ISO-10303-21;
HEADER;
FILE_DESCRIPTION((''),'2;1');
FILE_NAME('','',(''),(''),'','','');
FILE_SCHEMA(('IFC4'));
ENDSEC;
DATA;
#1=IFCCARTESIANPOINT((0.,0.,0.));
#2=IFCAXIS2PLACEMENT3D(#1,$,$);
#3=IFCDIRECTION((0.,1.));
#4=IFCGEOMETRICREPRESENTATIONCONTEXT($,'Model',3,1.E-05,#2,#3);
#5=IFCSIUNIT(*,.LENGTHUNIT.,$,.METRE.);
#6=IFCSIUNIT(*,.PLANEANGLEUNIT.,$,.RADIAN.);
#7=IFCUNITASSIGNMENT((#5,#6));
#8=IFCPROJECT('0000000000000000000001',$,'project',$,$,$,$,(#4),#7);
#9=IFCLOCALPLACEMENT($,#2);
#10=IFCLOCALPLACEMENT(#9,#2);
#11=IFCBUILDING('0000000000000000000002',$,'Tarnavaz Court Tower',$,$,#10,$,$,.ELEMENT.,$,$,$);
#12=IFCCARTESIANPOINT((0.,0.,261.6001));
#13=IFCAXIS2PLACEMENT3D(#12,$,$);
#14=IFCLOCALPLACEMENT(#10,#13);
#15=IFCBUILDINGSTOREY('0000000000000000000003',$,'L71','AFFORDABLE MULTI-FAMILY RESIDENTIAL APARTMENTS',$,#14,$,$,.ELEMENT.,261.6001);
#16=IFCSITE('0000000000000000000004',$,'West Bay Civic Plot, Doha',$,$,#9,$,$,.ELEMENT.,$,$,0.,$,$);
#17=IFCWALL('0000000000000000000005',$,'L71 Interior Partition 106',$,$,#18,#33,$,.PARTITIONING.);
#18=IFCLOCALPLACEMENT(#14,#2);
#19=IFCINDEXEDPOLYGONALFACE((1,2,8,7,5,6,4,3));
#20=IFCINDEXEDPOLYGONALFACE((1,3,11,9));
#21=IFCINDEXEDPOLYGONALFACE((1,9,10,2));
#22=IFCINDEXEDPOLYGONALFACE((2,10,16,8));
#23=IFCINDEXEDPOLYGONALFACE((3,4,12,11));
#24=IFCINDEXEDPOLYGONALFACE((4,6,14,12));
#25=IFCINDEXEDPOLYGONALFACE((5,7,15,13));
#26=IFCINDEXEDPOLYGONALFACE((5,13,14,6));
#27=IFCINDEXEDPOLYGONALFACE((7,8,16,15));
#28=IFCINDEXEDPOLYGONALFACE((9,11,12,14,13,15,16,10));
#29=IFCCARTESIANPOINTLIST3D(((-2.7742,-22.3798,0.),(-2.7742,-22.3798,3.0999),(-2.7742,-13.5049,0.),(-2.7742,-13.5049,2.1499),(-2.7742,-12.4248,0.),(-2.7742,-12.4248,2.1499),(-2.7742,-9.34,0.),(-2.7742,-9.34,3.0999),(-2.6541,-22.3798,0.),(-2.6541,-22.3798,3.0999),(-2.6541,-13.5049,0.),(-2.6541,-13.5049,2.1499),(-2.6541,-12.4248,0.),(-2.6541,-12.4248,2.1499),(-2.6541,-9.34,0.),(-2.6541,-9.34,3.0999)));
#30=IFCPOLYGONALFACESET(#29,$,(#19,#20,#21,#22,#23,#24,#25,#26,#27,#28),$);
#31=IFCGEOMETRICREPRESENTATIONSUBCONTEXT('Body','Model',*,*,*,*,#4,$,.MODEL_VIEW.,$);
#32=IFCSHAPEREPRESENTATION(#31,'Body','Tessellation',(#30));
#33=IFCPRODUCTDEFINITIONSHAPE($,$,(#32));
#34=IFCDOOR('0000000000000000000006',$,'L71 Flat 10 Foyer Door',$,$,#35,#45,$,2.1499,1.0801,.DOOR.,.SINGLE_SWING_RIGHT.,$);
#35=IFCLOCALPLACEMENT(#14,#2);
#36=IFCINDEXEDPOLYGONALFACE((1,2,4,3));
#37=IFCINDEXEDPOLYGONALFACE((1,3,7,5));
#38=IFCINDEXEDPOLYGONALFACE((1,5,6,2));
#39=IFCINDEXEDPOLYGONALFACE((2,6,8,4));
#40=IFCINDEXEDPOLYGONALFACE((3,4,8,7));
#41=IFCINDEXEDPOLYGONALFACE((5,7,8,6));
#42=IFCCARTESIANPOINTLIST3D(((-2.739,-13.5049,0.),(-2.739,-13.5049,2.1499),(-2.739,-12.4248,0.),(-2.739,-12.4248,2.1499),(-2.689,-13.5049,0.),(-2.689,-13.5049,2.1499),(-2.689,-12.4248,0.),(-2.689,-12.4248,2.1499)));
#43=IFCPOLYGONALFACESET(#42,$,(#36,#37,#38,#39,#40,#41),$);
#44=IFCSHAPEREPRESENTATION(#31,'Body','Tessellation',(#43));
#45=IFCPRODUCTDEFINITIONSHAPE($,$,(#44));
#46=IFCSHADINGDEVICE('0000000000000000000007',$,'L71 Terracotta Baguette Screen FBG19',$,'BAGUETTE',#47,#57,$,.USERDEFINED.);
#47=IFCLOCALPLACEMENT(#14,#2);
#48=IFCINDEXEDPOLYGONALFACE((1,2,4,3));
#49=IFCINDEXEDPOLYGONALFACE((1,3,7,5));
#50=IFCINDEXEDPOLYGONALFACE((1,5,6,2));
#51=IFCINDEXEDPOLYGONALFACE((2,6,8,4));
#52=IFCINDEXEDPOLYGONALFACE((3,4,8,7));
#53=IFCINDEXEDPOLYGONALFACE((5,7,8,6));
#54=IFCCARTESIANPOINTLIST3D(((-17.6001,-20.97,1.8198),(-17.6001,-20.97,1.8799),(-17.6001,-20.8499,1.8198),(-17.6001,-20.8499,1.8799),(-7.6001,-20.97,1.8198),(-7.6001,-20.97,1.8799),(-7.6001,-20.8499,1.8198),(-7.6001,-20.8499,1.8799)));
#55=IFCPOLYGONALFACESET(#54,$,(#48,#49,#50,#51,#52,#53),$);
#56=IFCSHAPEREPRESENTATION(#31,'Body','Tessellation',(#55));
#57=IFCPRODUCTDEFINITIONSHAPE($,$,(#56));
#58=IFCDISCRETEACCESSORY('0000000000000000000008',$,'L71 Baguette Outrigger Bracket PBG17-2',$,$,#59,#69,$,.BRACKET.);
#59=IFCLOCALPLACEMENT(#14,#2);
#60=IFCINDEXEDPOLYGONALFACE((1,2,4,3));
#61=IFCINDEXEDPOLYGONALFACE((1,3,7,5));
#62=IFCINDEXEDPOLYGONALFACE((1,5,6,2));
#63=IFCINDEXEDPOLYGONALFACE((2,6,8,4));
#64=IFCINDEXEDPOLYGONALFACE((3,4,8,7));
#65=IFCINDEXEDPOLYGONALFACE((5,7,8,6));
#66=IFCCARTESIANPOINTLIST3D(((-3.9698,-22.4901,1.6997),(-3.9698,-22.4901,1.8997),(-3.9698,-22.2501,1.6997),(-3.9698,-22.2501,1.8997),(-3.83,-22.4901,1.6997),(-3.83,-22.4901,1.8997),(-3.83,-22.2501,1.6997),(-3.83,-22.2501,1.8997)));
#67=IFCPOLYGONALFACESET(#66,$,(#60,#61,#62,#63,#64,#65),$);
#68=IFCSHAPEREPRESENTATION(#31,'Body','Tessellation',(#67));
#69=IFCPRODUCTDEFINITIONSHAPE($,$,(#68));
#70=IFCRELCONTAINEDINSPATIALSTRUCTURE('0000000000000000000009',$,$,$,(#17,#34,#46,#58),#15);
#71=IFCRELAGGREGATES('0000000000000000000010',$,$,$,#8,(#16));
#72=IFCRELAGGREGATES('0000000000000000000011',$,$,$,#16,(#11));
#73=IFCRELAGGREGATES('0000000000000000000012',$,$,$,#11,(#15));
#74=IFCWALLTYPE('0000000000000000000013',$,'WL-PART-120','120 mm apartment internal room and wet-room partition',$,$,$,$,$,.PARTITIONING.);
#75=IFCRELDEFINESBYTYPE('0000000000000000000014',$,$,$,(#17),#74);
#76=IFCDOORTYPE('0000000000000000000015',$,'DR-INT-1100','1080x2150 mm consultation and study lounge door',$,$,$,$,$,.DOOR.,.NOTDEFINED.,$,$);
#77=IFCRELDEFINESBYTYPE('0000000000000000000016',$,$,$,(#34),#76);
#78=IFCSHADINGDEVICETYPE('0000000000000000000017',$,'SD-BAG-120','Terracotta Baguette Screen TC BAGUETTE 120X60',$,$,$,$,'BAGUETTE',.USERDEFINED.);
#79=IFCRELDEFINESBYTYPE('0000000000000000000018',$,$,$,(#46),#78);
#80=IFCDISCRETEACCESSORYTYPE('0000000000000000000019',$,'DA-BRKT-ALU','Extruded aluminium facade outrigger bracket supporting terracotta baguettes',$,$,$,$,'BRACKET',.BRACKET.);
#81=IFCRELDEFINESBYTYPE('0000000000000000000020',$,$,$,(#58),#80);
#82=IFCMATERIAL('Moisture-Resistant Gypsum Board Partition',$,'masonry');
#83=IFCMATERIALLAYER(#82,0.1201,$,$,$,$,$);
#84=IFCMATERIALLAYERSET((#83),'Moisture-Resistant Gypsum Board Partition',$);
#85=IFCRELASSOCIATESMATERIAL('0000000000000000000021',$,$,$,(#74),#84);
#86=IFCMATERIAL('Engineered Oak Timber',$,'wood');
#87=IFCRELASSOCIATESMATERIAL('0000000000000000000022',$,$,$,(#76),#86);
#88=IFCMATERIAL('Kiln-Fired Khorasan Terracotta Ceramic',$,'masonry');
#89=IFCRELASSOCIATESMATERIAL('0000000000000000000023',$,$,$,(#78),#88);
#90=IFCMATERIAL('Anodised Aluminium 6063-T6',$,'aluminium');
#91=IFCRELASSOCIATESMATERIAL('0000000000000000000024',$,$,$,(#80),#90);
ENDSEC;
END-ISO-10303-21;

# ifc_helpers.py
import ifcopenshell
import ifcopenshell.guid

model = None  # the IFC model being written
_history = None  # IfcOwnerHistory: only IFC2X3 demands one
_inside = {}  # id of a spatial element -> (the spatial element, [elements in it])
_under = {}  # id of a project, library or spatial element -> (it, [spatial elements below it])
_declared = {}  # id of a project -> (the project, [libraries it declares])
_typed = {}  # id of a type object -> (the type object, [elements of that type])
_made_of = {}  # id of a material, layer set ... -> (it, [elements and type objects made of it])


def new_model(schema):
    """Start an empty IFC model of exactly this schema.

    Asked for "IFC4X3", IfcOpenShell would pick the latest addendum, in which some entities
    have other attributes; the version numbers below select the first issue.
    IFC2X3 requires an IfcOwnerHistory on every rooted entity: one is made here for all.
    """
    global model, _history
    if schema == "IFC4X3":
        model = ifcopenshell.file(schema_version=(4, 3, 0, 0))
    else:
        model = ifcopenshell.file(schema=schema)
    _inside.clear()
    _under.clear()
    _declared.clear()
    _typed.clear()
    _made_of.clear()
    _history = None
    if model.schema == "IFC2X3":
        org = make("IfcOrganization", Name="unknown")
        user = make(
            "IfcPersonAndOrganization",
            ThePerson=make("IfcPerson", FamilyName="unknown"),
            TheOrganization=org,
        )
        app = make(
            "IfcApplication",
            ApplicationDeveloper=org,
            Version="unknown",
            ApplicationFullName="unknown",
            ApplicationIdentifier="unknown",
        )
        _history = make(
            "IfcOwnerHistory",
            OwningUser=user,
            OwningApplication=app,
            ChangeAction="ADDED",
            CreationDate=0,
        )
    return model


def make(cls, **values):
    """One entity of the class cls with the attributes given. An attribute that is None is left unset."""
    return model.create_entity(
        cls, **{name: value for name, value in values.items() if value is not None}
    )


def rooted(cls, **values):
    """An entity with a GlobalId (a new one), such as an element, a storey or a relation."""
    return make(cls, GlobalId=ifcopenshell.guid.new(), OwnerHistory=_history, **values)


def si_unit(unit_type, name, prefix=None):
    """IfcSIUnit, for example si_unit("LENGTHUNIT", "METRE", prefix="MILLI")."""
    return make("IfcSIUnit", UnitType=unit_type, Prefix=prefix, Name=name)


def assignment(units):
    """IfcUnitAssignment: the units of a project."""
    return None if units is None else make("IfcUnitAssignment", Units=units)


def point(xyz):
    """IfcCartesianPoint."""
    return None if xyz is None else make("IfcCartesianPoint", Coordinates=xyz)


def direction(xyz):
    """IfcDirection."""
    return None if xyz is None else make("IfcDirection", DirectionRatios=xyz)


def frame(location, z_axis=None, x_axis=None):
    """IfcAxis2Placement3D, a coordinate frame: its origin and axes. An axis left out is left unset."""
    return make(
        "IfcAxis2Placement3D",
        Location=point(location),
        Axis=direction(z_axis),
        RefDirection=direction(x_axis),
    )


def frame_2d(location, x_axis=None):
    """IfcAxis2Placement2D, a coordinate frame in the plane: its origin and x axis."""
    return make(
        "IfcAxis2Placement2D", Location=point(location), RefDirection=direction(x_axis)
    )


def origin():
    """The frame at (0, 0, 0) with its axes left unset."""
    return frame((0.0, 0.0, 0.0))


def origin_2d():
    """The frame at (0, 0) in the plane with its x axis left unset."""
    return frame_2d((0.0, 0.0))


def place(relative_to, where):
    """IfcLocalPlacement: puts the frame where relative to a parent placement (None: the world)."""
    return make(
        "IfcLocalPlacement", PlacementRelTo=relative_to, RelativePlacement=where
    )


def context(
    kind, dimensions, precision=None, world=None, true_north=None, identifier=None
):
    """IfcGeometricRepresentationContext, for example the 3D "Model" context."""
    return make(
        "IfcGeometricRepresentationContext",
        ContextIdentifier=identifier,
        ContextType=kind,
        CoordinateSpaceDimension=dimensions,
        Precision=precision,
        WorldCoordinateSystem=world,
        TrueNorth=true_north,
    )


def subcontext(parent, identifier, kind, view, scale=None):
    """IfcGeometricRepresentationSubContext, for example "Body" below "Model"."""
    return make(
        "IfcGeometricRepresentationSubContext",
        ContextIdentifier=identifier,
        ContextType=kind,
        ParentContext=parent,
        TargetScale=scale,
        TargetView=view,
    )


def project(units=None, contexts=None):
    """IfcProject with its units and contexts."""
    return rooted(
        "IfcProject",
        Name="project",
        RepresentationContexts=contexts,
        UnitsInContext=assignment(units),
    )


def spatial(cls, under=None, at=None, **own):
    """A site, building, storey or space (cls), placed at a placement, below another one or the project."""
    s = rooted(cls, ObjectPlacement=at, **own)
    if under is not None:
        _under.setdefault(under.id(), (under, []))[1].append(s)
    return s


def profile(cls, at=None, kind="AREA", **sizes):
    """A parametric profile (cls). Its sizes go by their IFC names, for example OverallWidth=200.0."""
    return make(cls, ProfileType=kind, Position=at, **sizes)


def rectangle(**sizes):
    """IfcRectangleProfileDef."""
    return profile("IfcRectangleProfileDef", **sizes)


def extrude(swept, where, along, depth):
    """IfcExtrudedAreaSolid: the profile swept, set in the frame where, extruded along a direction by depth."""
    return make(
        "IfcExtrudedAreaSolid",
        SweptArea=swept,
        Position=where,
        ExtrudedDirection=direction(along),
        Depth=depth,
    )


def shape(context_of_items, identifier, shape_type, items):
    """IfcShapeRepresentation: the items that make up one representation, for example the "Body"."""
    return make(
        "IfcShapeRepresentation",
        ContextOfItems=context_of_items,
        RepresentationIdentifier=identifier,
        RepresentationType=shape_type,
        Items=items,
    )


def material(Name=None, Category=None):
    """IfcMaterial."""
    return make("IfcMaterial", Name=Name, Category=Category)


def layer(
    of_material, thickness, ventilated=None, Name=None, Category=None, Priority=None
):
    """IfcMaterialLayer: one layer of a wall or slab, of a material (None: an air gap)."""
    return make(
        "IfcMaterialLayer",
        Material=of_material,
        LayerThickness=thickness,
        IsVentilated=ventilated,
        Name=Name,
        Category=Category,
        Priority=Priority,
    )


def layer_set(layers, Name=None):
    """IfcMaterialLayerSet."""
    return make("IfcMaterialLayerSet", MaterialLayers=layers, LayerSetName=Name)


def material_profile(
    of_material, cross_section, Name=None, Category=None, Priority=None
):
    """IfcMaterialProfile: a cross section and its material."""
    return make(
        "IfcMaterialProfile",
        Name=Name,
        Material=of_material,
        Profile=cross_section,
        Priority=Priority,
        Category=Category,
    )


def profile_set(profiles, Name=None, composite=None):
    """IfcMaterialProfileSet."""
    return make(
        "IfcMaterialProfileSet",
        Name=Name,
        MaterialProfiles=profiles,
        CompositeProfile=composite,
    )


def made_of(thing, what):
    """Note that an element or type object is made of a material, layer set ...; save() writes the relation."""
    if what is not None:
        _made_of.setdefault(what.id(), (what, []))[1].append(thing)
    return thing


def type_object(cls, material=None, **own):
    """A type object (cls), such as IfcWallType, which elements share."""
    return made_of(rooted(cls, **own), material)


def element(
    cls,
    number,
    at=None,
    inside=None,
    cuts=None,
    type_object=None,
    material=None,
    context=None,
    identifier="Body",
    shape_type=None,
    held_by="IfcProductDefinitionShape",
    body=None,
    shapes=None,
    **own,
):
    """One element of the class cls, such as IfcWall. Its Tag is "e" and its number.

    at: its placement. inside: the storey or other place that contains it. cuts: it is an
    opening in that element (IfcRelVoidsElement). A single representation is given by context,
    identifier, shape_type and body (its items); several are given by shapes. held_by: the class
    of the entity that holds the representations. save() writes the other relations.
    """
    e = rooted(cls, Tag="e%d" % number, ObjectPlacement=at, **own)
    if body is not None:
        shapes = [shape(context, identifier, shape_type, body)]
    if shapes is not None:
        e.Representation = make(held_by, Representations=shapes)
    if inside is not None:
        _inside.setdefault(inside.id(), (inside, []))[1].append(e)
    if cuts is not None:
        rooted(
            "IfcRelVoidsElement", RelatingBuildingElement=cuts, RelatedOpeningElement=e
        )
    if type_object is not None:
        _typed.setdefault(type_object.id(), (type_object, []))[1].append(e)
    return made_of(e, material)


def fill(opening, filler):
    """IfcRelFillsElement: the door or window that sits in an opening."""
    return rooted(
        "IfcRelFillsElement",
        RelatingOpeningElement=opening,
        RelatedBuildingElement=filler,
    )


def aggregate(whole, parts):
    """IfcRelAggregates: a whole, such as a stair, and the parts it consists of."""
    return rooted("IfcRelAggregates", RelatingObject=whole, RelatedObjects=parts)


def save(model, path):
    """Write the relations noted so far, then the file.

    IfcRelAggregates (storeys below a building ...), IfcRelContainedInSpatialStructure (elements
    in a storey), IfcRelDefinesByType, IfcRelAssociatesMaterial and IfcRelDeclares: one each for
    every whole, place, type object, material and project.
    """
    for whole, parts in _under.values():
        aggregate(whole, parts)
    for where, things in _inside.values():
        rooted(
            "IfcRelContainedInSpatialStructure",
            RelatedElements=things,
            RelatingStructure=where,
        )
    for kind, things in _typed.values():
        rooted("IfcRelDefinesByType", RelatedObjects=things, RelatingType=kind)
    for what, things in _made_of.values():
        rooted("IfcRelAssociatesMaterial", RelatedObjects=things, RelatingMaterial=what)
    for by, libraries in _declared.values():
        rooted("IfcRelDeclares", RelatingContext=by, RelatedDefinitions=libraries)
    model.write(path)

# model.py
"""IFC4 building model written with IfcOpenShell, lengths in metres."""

from ifc_helpers import new_model, si_unit, direction, frame, frame_2d, origin, origin_2d, place, context, subcontext, project, spatial, rectangle, extrude, material, layer, layer_set, material_profile, profile_set, type_object, element, fill, save


model = new_model("IFC4")

# Units and contexts
model_context = context("Model", 3, precision=1e-05, world=origin(), true_north=direction((0.0, 1.0)))
body_context = subcontext(model_context, "Body", "Model", "MODEL_VIEW")
ifc_project = project(units=[si_unit("LENGTHUNIT", "METRE"), si_unit("PLANEANGLEUNIT", "RADIAN")], contexts=[model_context])

# Site, building, storey
site_placement = place(None, origin())
site = spatial("IfcSite", under=ifc_project, at=site_placement, Name="West Bay Civic Plot, Doha", CompositionType="ELEMENT", RefElevation=0.0)
building_placement = place(site_placement, origin())
building = spatial("IfcBuilding", under=site, at=building_placement, Name="Tarnavaz Court Tower", CompositionType="ELEMENT")
storey_placement = place(building_placement, frame((0.0, 0.0, 261.6001)))
storey = spatial("IfcBuildingStorey", under=building, at=storey_placement, Name="L71", Description="AFFORDABLE MULTI-FAMILY RESIDENTIAL APARTMENTS", CompositionType="ELEMENT", Elevation=261.6001)

# Shared definitions
ifc_material_1 = material(Name="Anodised Aluminium 6063-T6", Category="aluminium")

# Wall, opening, door
ifc_material_2 = material(Name="Moisture-Resistant Gypsum Board Partition", Category="masonry")
ifc_layer_1 = layer(ifc_material_2, 0.1201)
ifc_layer_set_1 = layer_set([ifc_layer_1], Name="Moisture-Resistant Gypsum Board Partition")
wall_type_1 = type_object("IfcWallType", Name="WL-PART-120", Description="120 mm apartment internal room and wet-room partition", PredefinedType="PARTITIONING", material=ifc_layer_set_1)
ifc_material_3 = material(Name="Engineered Oak Timber", Category="wood")
wall_1_placement = place(storey_placement, frame((-2.7141, -22.3799, 0.0), z_axis=(0.0, 0.0, 1.0), x_axis=(0.0, 1.0, 0.0)))
wall_1 = element("IfcWall", 1, at=wall_1_placement, inside=storey, type_object=wall_type_1, Name="L71 Interior Partition 106", PredefinedType="PARTITIONING", context=body_context, shape_type="SweptSolid", body=[
    extrude(rectangle(XDim=13.0398, YDim=0.1201, at=frame_2d((6.52, 0.0))), origin(), (0.0, 0.0, 1.0), 3.0999),
])
opening_1_placement = place(wall_1_placement, frame((8.875, 0.0, 0.0)))
opening_1 = element("IfcOpeningElement", 2, at=opening_1_placement, cuts=wall_1, PredefinedType="OPENING", context=body_context, shape_type="SweptSolid", body=[
    extrude(rectangle(XDim=1.0801, YDim=2.1499, at=frame_2d((0.54, 1.075))), frame((0.0, 0.0701, 0.0), z_axis=(0.0, -1.0, 0.0), x_axis=(1.0, 0.0, 0.0)), (0.0, 0.0, 1.0), 0.1401),
])
door_type_1 = type_object("IfcDoorType", Name="DR-INT-1100", Description="1080x2150 mm consultation and study lounge door", OperationType="NOTDEFINED", PredefinedType="DOOR", material=ifc_material_3)
door_1_placement = place(opening_1_placement, origin())
door_1 = element("IfcDoor", 3, at=door_1_placement, inside=storey, type_object=door_type_1, Name="L71 Flat 10 Foyer Door", OperationType="SINGLE_SWING_RIGHT", OverallHeight=2.1499, OverallWidth=1.0801, PredefinedType="DOOR", context=body_context, shape_type="SweptSolid", body=[
    extrude(rectangle(XDim=1.0801, YDim=2.1499, at=frame_2d((0.54, 1.075))), frame((0.0, 0.0249, 0.0), z_axis=(0.0, -1.0, 0.0), x_axis=(1.0, 0.0, 0.0)), (0.0, 0.0, 1.0), 0.05),
])
fill(opening_1, door_1)

# Shading device
ifc_material_4 = material(Name="Kiln-Fired Khorasan Terracotta Ceramic", Category="masonry")
ifc_material_profile_1 = material_profile(ifc_material_4, rectangle(XDim=0.1201, YDim=0.0601, at=origin_2d()), Name="TC BAGUETTE 120X60")
ifc_profile_set_1 = profile_set([ifc_material_profile_1], Name="Kiln-Fired Khorasan Terracotta Ceramic")
shading_device_type = type_object("IfcShadingDeviceType", Name="SD-BAG-120", Description="Terracotta Baguette Screen TC BAGUETTE 120X60", ElementType="BAGUETTE", PredefinedType="USERDEFINED", material=ifc_profile_set_1)
shading_device_placement = place(storey_placement, frame((-7.6001, -20.9099, 1.8499), z_axis=(-1.0, 0.0, 0.0), x_axis=(0.0, -1.0, 0.0)))
element("IfcShadingDevice", 4, at=shading_device_placement, inside=storey, type_object=shading_device_type, Name="L71 Terracotta Baguette Screen FBG19", ObjectType="BAGUETTE", PredefinedType="USERDEFINED", context=body_context, shape_type="SweptSolid", body=[
    extrude(rectangle(XDim=0.1201, YDim=0.0601, at=origin_2d()), origin(), (0.0, 0.0, 1.0), 10.0),
])

# Discrete accessory
discrete_accessory_type = type_object("IfcDiscreteAccessoryType", Name="DA-BRKT-ALU", Description="Extruded aluminium facade outrigger bracket supporting terracotta baguettes", ElementType="BRACKET", PredefinedType="BRACKET", material=ifc_material_1)
discrete_accessory_placement = place(storey_placement, frame((-3.8999, -22.3701, 1.6997), z_axis=(0.0, 0.0, 1.0), x_axis=(-1.0, 0.0, 0.0)))
element("IfcDiscreteAccessory", 5, at=discrete_accessory_placement, inside=storey, type_object=discrete_accessory_type, Name="L71 Baguette Outrigger Bracket PBG17-2", PredefinedType="BRACKET", context=body_context, shape_type="SweptSolid", body=[
    extrude(rectangle(XDim=0.1399, YDim=0.24, at=origin_2d()), origin(), (0.0, 0.0, 1.0), 0.2),
])

save(model, "model.ifc")
